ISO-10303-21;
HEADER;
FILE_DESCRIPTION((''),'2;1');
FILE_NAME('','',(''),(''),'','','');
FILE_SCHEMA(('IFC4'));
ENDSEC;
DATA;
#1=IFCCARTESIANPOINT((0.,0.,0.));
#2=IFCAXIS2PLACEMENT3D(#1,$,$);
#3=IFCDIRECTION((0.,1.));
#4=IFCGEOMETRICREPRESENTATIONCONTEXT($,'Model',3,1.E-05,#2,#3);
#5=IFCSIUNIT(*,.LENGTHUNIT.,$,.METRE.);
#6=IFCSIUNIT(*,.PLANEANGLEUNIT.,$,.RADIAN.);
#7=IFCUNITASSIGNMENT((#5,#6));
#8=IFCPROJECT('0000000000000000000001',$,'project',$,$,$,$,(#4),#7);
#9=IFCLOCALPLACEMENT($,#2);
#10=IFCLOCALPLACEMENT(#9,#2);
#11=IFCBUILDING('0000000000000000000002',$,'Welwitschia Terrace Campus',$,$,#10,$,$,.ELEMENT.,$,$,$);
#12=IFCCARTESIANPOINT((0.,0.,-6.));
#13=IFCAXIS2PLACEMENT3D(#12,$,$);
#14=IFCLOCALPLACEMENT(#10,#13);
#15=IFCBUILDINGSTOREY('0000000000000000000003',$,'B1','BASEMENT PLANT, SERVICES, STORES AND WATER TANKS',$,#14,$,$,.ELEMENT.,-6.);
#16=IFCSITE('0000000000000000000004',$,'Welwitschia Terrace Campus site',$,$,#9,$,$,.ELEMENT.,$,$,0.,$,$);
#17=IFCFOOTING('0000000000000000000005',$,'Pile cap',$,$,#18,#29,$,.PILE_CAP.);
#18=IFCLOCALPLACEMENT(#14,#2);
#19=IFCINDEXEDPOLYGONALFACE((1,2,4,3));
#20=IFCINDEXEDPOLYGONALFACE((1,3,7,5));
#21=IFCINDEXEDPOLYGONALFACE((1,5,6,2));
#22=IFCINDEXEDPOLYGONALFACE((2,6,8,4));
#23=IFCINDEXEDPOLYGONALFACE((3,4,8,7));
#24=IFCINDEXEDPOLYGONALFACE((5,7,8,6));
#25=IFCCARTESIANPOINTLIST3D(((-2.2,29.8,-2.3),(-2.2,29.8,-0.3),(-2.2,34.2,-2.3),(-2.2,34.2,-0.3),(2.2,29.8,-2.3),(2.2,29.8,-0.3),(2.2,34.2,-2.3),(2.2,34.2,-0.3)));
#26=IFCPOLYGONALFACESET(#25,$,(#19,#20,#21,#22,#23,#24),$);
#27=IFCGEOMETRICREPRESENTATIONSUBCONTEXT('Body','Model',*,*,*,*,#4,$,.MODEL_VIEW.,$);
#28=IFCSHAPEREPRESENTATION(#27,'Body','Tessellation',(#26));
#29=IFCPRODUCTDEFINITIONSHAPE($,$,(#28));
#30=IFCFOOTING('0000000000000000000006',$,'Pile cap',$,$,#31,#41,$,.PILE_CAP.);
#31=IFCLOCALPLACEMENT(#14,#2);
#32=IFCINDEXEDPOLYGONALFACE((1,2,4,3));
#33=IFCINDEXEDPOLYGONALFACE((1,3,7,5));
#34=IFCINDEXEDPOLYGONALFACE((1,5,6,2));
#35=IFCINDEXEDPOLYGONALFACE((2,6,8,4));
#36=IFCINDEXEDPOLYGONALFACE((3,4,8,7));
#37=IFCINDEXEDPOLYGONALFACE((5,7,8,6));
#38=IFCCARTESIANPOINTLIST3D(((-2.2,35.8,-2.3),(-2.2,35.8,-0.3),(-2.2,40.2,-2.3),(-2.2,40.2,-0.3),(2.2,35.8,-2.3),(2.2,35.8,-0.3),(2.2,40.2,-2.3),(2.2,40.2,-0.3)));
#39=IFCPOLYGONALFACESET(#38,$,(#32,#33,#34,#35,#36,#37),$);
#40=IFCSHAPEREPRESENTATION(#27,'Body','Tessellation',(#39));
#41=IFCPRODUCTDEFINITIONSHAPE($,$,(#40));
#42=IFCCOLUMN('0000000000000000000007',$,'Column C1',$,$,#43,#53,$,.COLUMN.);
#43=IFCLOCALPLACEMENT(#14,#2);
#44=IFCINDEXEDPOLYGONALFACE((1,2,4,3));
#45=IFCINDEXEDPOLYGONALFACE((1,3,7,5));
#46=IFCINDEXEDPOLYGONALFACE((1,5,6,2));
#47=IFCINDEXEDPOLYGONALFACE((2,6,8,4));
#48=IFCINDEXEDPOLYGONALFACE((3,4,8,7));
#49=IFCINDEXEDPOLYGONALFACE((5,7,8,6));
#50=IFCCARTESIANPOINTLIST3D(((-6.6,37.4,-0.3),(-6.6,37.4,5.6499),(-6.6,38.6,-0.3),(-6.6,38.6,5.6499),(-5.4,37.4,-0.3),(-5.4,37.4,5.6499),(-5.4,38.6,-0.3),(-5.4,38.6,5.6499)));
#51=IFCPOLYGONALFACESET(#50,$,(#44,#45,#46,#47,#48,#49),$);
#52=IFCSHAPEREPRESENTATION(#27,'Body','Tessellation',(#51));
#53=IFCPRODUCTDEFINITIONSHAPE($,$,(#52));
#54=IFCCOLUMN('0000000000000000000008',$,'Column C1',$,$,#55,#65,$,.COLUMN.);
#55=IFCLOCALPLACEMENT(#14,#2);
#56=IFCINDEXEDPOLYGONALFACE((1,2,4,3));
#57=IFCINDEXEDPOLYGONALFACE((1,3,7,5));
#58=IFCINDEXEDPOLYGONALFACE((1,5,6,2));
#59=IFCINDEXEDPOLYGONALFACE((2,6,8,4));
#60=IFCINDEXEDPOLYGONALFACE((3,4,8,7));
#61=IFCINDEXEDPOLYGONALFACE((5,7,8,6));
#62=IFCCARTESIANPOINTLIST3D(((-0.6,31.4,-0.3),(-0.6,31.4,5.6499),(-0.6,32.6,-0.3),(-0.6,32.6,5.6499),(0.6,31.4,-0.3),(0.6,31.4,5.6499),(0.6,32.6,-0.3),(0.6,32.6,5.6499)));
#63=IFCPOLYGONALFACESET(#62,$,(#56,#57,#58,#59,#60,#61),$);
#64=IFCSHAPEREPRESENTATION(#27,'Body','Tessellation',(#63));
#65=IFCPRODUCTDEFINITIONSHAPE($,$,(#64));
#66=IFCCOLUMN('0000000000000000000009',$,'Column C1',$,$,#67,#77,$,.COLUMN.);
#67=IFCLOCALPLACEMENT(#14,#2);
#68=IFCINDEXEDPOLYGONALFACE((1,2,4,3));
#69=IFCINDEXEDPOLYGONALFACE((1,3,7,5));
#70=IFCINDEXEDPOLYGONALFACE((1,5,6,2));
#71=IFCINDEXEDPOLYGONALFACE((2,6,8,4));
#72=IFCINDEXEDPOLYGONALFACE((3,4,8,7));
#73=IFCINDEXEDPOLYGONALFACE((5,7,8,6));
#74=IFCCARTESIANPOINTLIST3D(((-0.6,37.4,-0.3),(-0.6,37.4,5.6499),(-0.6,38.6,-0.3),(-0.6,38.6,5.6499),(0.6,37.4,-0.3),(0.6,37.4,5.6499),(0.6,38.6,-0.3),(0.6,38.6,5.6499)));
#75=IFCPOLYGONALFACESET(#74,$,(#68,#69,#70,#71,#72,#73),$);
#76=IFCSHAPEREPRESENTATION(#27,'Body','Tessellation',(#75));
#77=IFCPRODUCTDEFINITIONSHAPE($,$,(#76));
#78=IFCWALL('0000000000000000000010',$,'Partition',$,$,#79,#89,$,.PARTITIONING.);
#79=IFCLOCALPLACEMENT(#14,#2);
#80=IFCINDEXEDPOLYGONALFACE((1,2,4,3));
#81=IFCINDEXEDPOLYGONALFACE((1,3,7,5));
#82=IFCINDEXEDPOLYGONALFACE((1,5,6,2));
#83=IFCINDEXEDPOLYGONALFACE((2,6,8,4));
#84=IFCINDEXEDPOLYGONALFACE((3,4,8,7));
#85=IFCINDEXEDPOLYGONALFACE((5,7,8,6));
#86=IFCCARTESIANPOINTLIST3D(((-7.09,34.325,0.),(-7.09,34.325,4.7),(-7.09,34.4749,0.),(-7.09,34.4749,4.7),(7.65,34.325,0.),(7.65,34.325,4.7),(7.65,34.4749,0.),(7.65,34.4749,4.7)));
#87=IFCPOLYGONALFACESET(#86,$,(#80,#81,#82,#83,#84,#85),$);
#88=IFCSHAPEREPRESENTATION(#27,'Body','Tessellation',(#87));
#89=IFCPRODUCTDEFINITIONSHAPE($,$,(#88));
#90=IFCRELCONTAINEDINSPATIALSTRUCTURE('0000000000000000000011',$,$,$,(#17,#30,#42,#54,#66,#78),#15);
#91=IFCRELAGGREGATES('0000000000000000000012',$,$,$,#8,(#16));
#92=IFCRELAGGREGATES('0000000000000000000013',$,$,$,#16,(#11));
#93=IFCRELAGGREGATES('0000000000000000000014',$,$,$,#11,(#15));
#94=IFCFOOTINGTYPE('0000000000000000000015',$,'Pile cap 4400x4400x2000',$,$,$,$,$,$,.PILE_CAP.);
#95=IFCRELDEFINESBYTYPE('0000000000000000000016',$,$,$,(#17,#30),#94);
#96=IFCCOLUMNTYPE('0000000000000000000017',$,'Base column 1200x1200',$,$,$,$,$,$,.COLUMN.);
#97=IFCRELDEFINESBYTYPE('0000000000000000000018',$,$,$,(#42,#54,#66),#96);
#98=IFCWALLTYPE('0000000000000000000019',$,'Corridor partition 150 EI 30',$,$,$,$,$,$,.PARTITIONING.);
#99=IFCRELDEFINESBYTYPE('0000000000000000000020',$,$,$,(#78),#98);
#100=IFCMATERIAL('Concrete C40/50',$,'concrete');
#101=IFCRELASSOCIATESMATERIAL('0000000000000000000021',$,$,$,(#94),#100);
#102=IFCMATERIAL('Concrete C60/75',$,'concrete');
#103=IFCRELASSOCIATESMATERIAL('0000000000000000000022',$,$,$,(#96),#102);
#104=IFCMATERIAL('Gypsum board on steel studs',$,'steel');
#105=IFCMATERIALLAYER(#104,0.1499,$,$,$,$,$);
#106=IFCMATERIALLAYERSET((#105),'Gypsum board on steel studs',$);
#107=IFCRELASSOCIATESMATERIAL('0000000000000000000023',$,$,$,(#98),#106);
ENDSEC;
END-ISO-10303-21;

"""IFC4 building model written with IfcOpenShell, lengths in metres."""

from ifc_helpers import new_model, si_unit, direction, frame, frame_2d, origin, origin_2d, place, context, subcontext, project, spatial, rectangle, extrude, material, layer, layer_set, material_profile, profile_set, type_object, element, save


model = new_model("IFC4")

# Units and contexts
model_context = context("Model", 3, precision=1e-05, world=origin(), true_north=direction((0.0, 1.0)))
body_context = subcontext(model_context, "Body", "Model", "MODEL_VIEW")
ifc_project = project(units=[si_unit("LENGTHUNIT", "METRE"), si_unit("PLANEANGLEUNIT", "RADIAN")], contexts=[model_context])

# Site, building, storey
site_placement = place(None, origin())
site = spatial("IfcSite", under=ifc_project, at=site_placement, Name="Welwitschia Terrace Campus site", CompositionType="ELEMENT", RefElevation=0.0)
building_placement = place(site_placement, origin())
building = spatial("IfcBuilding", under=site, at=building_placement, Name="Welwitschia Terrace Campus", CompositionType="ELEMENT")
storey_placement = place(building_placement, frame((0.0, 0.0, -6.0)))
storey = spatial("IfcBuildingStorey", under=building, at=storey_placement, Name="B1", Description="BASEMENT PLANT, SERVICES, STORES AND WATER TANKS", CompositionType="ELEMENT", Elevation=-6.0)

# Footings
ifc_material_1 = material(Name="Concrete C40/50", Category="concrete")
footing_type = type_object("IfcFootingType", Name="Pile cap 4400x4400x2000", PredefinedType="PILE_CAP", material=ifc_material_1)
for number, where, z_axis, x_axis, name in (
    (1, (0.0, 32.0, -2.3), (0.0, 0.0, 1.0), (1.0, 0.0, 0.0), "Pile cap"),
    (2, (0.0, 38.0, -2.3), (0.0, 0.0, 1.0), (1.0, 0.0, 0.0), "Pile cap"),
):
    element("IfcFooting", number, at=place(storey_placement, frame(where, z_axis=z_axis, x_axis=x_axis)), inside=storey, type_object=footing_type, Name=name, PredefinedType="PILE_CAP", context=body_context, shape_type="SweptSolid", body=[
        extrude(rectangle(XDim=4.3999, YDim=4.3999, at=origin_2d()), origin(), (0.0, 0.0, 1.0), 2.0),
    ])

# Columns
ifc_material_2 = material(Name="Concrete C60/75", Category="concrete")
ifc_material_profile = material_profile(ifc_material_2, rectangle(XDim=1.2, YDim=1.2, at=origin_2d()))
ifc_profile_set = profile_set([ifc_material_profile], Name="Concrete C60/75")
column_type = type_object("IfcColumnType", Name="Base column 1200x1200", PredefinedType="COLUMN", material=ifc_profile_set)
for number, where, z_axis, x_axis, name in (
    (3, (-6.0, 38.0, -0.3), (0.0, 0.0, 1.0), (1.0, 0.0, 0.0), "Column C1"),
    (4, (0.0, 32.0, -0.3), (0.0, 0.0, 1.0), (1.0, 0.0, 0.0), "Column C1"),
    (5, (0.0, 38.0, -0.3), (0.0, 0.0, 1.0), (1.0, 0.0, 0.0), "Column C1"),
):
    element("IfcColumn", number, at=place(storey_placement, frame(where, z_axis=z_axis, x_axis=x_axis)), inside=storey, type_object=column_type, Name=name, PredefinedType="COLUMN", context=body_context, shape_type="SweptSolid", body=[
        extrude(rectangle(XDim=1.2, YDim=1.2, at=origin_2d()), origin(), (0.0, 0.0, 1.0), 5.95),
    ])

# Wall
ifc_material_3 = material(Name="Gypsum board on steel studs", Category="steel")
ifc_layer = layer(ifc_material_3, 0.1499)
ifc_layer_set = layer_set([ifc_layer], Name="Gypsum board on steel studs")
wall_type = type_object("IfcWallType", Name="Corridor partition 150 EI 30", PredefinedType="PARTITIONING", material=ifc_layer_set)
wall_placement = place(storey_placement, frame((-7.0901, 34.3999, 0.0), z_axis=(0.0, 0.0, 1.0), x_axis=(1.0, 0.0, 0.0)))
element("IfcWall", 6, at=wall_placement, inside=storey, type_object=wall_type, Name="Partition", PredefinedType="PARTITIONING", context=body_context, shape_type="SweptSolid", body=[
    extrude(rectangle(XDim=14.74, YDim=0.1499, at=frame_2d((7.3701, 0.0))), origin(), (0.0, 0.0, 1.0), 4.7),
])

save(model, "model.ifc")
